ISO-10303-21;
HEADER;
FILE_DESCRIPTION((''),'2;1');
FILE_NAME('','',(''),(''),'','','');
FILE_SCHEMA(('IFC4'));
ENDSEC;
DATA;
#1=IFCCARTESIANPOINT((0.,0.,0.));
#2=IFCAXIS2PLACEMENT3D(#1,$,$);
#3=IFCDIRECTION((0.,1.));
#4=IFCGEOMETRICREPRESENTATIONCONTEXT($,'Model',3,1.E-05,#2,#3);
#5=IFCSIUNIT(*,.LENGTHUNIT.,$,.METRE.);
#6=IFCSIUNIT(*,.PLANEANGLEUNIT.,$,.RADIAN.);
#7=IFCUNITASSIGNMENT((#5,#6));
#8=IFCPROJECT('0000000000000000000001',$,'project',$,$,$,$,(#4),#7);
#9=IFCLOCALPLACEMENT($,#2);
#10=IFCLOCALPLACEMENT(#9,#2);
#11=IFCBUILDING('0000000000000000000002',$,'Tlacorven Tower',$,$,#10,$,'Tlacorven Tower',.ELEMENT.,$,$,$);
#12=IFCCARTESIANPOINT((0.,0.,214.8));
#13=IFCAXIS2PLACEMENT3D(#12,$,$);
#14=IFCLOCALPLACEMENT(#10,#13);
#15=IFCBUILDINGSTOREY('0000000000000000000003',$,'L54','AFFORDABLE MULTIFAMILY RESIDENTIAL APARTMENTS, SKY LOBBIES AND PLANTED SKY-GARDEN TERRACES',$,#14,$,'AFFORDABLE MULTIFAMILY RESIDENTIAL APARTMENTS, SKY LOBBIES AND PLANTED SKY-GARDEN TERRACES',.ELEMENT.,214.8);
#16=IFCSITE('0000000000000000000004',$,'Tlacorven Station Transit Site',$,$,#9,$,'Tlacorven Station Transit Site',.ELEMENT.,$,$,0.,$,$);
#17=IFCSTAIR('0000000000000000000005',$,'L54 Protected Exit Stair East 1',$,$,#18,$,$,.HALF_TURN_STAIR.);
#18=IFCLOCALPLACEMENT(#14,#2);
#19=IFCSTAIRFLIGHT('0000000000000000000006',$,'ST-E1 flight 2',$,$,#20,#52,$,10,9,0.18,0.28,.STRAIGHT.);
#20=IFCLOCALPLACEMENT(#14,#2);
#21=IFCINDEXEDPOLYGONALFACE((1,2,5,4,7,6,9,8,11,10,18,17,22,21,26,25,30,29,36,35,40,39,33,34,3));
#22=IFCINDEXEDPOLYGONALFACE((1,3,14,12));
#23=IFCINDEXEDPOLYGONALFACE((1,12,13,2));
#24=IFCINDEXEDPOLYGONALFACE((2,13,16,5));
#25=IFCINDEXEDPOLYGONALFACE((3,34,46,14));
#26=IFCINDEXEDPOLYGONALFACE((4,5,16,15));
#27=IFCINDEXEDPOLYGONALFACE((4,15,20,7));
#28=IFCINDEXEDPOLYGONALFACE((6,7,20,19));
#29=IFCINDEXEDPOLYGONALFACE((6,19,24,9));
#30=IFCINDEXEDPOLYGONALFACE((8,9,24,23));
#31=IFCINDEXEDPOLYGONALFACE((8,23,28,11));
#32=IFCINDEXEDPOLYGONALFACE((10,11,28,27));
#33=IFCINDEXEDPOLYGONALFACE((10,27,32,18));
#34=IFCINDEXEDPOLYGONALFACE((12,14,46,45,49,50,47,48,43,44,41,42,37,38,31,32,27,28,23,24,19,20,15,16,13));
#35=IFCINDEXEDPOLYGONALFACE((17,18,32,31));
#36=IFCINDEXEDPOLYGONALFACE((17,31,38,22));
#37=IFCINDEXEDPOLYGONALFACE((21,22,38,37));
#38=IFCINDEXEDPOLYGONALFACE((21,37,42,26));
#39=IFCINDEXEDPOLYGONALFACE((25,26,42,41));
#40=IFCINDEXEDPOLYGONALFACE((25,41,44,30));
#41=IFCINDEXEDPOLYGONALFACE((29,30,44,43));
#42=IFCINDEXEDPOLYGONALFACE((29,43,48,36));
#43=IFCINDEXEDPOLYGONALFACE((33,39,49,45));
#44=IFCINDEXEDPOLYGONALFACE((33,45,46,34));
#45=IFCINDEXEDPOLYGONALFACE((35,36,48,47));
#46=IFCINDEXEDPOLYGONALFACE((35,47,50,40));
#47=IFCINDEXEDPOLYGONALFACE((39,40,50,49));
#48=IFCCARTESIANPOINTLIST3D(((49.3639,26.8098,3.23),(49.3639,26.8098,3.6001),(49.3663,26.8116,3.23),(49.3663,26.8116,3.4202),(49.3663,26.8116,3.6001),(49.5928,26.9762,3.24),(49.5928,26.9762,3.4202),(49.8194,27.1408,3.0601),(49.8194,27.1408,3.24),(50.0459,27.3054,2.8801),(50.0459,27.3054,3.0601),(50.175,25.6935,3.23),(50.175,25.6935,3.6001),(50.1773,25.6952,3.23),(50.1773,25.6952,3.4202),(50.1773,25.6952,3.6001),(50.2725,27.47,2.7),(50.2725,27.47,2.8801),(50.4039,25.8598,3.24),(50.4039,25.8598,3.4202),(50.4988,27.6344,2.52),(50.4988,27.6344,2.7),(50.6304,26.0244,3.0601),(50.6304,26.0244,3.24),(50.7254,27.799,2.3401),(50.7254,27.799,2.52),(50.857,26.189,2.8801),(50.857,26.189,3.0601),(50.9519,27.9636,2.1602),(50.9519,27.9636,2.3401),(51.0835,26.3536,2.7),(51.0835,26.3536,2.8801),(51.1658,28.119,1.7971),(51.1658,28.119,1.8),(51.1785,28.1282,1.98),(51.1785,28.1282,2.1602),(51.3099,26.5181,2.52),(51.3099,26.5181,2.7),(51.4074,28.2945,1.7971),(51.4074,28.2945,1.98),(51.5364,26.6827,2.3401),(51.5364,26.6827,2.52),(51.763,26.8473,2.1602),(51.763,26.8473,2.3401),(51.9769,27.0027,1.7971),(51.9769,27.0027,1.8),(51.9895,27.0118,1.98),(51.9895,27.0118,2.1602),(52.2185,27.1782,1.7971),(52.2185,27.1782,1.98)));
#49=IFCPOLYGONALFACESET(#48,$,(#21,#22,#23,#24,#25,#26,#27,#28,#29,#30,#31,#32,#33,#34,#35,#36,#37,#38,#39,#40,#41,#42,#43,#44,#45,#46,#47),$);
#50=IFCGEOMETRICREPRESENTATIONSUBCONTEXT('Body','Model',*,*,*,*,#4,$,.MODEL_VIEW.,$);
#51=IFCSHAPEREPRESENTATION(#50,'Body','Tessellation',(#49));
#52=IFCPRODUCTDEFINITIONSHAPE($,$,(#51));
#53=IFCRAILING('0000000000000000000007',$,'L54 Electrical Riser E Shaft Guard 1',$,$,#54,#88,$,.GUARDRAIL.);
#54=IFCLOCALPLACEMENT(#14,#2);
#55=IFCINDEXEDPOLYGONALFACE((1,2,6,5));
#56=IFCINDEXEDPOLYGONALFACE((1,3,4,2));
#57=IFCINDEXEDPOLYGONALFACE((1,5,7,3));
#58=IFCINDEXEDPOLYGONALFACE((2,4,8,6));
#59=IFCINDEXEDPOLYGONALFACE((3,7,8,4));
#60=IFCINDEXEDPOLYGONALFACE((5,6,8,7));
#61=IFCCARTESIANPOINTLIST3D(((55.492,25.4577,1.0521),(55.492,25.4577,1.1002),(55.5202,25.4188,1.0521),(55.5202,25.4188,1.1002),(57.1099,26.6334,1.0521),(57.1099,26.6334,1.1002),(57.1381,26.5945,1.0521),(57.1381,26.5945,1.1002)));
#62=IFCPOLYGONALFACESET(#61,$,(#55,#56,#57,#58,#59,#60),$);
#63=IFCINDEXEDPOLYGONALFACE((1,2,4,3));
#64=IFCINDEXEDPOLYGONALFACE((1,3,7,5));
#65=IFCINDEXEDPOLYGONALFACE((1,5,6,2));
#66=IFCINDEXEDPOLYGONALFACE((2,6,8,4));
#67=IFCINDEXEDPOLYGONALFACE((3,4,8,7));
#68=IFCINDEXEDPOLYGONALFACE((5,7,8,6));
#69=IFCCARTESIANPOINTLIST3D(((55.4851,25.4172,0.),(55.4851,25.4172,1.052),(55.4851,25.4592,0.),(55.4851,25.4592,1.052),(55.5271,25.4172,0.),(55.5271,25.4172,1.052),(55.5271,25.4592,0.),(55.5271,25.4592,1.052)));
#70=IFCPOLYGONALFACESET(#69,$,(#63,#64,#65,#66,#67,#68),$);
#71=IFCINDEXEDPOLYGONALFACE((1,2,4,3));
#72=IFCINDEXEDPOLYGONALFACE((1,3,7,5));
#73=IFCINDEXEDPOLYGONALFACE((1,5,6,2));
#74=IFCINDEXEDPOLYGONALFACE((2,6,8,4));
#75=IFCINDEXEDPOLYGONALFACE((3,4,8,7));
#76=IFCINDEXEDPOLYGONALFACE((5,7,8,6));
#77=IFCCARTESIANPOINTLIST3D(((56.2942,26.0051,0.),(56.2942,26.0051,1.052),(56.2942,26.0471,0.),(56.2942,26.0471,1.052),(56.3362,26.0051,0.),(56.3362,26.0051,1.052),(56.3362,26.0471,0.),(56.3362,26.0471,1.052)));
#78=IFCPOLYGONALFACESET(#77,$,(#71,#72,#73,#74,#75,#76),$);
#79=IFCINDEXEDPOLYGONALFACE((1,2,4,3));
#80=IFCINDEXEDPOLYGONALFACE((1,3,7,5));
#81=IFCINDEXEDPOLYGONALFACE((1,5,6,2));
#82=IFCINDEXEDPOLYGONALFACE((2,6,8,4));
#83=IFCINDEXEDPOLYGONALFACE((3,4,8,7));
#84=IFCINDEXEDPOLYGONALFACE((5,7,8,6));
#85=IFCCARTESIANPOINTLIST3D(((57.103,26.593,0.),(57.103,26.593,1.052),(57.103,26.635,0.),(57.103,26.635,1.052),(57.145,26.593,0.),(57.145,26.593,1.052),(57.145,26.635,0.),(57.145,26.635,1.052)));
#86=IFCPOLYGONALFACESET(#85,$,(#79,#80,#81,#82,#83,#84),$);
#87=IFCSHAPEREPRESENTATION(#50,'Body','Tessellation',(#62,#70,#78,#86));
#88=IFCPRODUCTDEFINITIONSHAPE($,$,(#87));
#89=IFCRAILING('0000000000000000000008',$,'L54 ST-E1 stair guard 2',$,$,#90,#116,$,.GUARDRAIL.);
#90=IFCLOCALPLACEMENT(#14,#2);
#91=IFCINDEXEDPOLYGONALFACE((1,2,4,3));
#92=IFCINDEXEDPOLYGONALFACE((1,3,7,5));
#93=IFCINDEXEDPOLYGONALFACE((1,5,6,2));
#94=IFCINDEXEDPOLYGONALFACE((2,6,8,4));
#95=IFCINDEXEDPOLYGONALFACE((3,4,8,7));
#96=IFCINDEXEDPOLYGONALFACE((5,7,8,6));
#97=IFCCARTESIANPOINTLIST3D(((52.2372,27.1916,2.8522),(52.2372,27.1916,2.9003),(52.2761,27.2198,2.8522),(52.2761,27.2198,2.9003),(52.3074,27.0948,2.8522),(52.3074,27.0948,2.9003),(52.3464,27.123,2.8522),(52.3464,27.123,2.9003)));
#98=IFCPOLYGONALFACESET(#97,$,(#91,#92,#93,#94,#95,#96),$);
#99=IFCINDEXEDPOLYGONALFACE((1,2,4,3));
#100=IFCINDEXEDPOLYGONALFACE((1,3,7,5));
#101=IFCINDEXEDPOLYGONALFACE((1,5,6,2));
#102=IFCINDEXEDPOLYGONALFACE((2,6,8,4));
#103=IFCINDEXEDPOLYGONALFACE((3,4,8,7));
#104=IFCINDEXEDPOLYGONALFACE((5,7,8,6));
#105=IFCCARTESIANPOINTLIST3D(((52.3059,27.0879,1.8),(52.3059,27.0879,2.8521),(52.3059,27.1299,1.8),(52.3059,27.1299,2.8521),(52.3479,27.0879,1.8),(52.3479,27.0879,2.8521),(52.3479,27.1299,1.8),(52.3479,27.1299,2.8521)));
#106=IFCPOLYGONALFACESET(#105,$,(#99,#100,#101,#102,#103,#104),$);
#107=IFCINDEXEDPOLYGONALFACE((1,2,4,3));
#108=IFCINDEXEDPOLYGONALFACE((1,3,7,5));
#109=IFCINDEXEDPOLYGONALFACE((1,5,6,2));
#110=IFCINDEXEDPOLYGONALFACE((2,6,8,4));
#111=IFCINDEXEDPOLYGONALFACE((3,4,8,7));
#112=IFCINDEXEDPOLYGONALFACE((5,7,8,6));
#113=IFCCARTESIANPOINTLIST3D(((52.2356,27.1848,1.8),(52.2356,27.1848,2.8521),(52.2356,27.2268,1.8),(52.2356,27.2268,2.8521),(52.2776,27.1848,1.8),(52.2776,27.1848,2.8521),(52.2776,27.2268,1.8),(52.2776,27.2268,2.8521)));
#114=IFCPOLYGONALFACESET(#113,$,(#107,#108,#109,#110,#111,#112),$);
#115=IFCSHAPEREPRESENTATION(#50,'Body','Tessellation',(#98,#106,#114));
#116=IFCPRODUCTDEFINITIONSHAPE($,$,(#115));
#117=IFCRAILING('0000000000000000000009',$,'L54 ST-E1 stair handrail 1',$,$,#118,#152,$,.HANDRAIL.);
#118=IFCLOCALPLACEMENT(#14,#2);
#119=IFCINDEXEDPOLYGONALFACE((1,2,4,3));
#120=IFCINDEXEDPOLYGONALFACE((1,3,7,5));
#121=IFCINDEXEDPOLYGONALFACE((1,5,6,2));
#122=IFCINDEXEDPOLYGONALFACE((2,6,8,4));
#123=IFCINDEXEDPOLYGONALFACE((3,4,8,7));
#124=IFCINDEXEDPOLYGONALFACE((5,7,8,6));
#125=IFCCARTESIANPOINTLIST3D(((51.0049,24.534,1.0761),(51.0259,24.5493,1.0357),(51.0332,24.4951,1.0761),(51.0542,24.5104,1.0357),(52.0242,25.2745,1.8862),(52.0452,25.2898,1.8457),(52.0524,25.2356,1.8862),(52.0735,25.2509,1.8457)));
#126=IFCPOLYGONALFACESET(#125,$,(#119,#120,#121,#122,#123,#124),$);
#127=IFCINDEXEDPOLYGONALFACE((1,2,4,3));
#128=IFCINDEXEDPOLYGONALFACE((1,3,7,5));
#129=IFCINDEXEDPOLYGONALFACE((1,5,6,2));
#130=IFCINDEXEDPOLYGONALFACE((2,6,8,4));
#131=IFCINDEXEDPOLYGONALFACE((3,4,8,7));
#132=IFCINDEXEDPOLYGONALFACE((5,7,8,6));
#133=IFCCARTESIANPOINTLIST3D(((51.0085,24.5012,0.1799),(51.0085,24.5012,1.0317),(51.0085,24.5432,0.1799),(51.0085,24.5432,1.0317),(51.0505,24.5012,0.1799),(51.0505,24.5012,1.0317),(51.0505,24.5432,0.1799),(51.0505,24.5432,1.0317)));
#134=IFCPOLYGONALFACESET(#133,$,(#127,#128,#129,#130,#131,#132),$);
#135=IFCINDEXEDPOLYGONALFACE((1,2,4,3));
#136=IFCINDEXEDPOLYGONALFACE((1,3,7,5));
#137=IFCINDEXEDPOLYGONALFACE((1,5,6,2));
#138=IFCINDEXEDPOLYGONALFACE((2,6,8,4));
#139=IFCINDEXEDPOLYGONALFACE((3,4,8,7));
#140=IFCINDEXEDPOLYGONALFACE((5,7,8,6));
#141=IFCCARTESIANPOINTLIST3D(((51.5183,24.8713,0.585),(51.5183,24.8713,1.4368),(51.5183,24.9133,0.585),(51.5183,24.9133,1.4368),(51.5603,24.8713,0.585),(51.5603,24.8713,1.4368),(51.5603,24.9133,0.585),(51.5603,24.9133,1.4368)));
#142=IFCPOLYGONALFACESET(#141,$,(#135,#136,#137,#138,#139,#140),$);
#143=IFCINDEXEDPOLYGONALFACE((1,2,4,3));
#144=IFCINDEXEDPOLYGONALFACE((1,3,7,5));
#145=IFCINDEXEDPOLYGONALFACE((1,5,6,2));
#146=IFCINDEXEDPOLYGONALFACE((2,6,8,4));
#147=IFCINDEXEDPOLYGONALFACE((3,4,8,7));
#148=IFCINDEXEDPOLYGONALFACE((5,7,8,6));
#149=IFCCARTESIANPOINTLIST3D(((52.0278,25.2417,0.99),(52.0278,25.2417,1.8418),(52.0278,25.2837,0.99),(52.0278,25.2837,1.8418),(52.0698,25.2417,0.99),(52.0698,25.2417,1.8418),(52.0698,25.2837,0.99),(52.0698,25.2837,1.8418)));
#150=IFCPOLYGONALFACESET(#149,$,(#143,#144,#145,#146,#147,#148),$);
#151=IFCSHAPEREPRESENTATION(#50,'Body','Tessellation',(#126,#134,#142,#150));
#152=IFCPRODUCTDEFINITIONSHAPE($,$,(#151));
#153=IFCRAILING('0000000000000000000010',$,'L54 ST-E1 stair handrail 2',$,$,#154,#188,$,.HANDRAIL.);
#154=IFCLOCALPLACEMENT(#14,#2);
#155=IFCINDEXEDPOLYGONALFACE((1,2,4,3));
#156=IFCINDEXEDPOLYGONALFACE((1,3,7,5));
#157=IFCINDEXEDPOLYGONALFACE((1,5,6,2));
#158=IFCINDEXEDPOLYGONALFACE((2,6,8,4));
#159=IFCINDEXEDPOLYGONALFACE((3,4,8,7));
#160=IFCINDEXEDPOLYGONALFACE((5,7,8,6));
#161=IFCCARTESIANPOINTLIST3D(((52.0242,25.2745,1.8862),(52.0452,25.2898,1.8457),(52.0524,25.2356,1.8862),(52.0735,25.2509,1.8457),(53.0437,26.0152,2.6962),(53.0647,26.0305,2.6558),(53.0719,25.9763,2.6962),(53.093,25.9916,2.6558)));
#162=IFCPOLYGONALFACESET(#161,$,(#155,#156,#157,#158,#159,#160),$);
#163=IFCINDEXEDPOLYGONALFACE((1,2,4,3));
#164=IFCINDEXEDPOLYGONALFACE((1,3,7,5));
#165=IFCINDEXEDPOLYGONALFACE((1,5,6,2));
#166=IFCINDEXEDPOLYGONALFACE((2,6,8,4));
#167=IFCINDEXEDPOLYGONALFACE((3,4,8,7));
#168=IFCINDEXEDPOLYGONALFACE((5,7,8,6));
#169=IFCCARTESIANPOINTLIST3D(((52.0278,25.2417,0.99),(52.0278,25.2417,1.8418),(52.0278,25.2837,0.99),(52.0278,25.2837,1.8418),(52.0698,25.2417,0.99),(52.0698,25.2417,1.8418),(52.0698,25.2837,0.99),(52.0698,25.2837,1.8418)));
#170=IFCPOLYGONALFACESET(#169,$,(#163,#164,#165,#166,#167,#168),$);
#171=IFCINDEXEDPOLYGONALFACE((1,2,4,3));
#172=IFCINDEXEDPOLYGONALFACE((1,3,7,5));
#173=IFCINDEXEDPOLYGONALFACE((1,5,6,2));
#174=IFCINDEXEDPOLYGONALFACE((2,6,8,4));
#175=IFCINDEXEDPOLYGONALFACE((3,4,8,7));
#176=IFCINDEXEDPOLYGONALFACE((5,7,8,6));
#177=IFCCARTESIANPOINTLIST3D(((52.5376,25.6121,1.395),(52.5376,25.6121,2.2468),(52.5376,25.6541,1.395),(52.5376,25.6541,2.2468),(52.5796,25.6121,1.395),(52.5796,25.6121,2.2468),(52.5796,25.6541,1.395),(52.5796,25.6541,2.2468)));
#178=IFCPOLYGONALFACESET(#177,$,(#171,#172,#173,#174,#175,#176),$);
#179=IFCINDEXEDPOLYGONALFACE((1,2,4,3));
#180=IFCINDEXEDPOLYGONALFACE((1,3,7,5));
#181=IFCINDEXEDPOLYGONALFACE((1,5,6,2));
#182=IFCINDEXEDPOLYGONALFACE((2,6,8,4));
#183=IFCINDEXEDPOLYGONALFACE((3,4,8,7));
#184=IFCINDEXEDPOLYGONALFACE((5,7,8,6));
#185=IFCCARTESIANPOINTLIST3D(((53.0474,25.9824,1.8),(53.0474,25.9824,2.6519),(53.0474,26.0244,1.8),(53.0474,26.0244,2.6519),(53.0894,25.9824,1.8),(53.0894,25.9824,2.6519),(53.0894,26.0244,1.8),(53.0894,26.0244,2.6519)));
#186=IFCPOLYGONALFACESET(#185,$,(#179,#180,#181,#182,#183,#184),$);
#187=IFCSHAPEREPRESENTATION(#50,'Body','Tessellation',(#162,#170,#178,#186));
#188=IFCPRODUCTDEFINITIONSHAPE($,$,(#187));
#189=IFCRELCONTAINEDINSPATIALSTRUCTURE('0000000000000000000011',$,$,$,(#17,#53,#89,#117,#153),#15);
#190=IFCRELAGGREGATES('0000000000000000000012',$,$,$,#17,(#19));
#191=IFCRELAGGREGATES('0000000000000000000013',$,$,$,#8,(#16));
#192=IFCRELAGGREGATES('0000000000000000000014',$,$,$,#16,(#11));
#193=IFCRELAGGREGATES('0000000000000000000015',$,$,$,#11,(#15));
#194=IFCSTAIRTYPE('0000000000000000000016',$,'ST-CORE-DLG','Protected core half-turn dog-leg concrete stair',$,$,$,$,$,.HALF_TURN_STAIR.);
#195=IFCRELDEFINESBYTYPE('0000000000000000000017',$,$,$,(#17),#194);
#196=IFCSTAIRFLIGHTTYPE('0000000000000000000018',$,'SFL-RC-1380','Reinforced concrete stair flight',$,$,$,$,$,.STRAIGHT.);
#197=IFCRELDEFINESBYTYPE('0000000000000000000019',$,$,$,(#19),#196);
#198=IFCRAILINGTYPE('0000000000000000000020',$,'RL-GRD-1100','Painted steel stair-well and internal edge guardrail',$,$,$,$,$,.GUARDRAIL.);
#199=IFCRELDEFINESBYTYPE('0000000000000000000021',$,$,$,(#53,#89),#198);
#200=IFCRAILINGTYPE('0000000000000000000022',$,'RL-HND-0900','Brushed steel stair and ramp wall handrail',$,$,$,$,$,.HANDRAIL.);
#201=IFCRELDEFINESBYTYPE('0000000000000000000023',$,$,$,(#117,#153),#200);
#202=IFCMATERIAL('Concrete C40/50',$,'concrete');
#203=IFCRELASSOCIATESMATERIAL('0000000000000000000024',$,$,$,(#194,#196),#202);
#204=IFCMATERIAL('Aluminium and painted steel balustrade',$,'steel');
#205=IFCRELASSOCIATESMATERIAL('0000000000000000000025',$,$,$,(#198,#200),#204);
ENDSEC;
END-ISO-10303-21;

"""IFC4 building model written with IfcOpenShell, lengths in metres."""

from ifc_helpers import new_model, si_unit, direction, frame, origin, origin_2d, place, context, subcontext, project, spatial, polyline, rectangle, outline, extrude, source, transform, mapped, material, type_object, element, aggregate, save


model = new_model("IFC4")

# Units and contexts
model_context = context("Model", 3, precision=1e-05, world=origin(), true_north=direction((0.0, 1.0)))
body_context = subcontext(model_context, "Body", "Model", "MODEL_VIEW")
ifc_project = project(units=[si_unit("LENGTHUNIT", "METRE"), si_unit("PLANEANGLEUNIT", "RADIAN")], contexts=[model_context])

# Site, building, storey
site_placement = place(None, origin())
site = spatial("IfcSite", under=ifc_project, at=site_placement, Name="Tlacorven Station Transit Site", LongName="Tlacorven Station Transit Site", CompositionType="ELEMENT", RefElevation=0.0)
building_placement = place(site_placement, origin())
building = spatial("IfcBuilding", under=site, at=building_placement, Name="Tlacorven Tower", LongName="Tlacorven Tower", CompositionType="ELEMENT")
storey_placement = place(building_placement, frame((0.0, 0.0, 214.8)))
storey = spatial("IfcBuildingStorey", under=building, at=storey_placement, Name="L54", Description="AFFORDABLE MULTIFAMILY RESIDENTIAL APARTMENTS, SKY LOBBIES AND PLANTED SKY-GARDEN TERRACES", LongName="AFFORDABLE MULTIFAMILY RESIDENTIAL APARTMENTS, SKY LOBBIES AND PLANTED SKY-GARDEN TERRACES", CompositionType="ELEMENT", Elevation=214.8)

# Shared definitions
ifc_material_1 = material(Name="Concrete C40/50", Category="concrete")

# Stair, stair flight
stair_type = type_object("IfcStairType", Name="ST-CORE-DLG", Description="Protected core half-turn dog-leg concrete stair", PredefinedType="HALF_TURN_STAIR", material=ifc_material_1)
stair_placement = place(storey_placement, origin())
stair = element("IfcStair", 1, at=stair_placement, inside=storey, type_object=stair_type, Name="L54 Protected Exit Stair East 1", PredefinedType="HALF_TURN_STAIR")
stair_flight_type = type_object("IfcStairFlightType", Name="SFL-RC-1380", Description="Reinforced concrete stair flight", PredefinedType="STRAIGHT", material=ifc_material_1)
shared_shape_1 = source(origin(), body_context, "Body", "SweptSolid", [
    extrude(outline(polyline([(-0.0029, -0.0029), (-0.0029, 0.1799), (0.28, 0.1799), (0.28, 0.3601), (0.5601, 0.3601), (0.5601, 0.54), (0.8401, 0.54), (0.8401, 0.72), (1.1201, 0.72), (1.1201, 0.8999), (1.3999, 0.8999), (1.3999, 1.0801), (1.6799, 1.0801), (1.6799, 1.26), (1.96, 1.26), (1.96, 1.4399), (2.24, 1.4399), (2.24, 1.6201), (2.52, 1.6201), (2.52, 1.8), (2.5229, 1.8), (2.5229, 1.4299), (2.52, 1.4299), (0.2957, 0.0), (0.2957, -0.0029), (-0.0029, -0.0029)])), frame((0.0, 0.6899, 0.0), z_axis=(0.0, -1.0, 0.0), x_axis=(1.0, 0.0, 0.0)), (0.0, 0.0, 1.0), 1.3799),
])
stair_flight_placement = place(storey_placement, frame((51.8105, 27.7346, 1.8), z_axis=(0.0, 0.0, 1.0), x_axis=(-0.809017, -0.587785, 0.0)))
stair_flight = element("IfcStairFlight", 2, at=stair_flight_placement, type_object=stair_flight_type, Name="ST-E1 flight 2", NumberOfRisers=10, NumberOfTreads=9, PredefinedType="STRAIGHT", RiserHeight=0.18, TreadLength=0.28, context=body_context, shape_type="MappedRepresentation", body=[
    mapped(shared_shape_1, transform((0.0, 0.0, 0.0), scale=1.0)),
])
aggregate(stair, [stair_flight])

# Railings
ifc_material_2 = material(Name="Aluminium and painted steel balustrade", Category="steel")
railing_type_1 = type_object("IfcRailingType", Name="RL-GRD-1100", Description="Painted steel stair-well and internal edge guardrail", PredefinedType="GUARDRAIL", material=ifc_material_2)
shared_shape_2 = source(origin(), body_context, "Body", "SweptSolid", [
    extrude(rectangle(XDim=0.0481, YDim=0.0481, at=origin_2d()), frame((0.0, 0.0, 1.0762), z_axis=(0.808947, 0.587881, 0.0), x_axis=(-0.587881, 0.808947, 0.0)), (0.0, 0.0, 1.0), 2.0),
    extrude(rectangle(XDim=0.042, YDim=0.042, at=origin_2d()), origin(), (0.0, 0.0, 1.0), 1.052),
    extrude(rectangle(XDim=0.042, YDim=0.042, at=origin_2d()), frame((0.8091, 0.5879, 0.0)), (0.0, 0.0, 1.0), 1.052),
    extrude(rectangle(XDim=0.042, YDim=0.042, at=origin_2d()), frame((1.6179, 1.1758, 0.0)), (0.0, 0.0, 1.0), 1.052),
])
railing_1_placement = place(storey_placement, frame((55.5061, 25.4382, 0.0)))
element("IfcRailing", 3, at=railing_1_placement, inside=storey, type_object=railing_type_1, Name="L54 Electrical Riser E Shaft Guard 1", PredefinedType="GUARDRAIL", context=body_context, shape_type="MappedRepresentation", body=[
    mapped(shared_shape_2, transform((0.0, 0.0, 0.0), scale=1.0)),
])
shared_shape_3 = source(origin(), body_context, "Body", "SweptSolid", [
    extrude(rectangle(XDim=0.0481, YDim=0.0481, at=origin_2d()), frame((0.0, 0.0, 1.0762), z_axis=(-0.587201, 0.809441, 0.0), x_axis=(-0.809441, -0.587201, 0.0)), (0.0, 0.0, 1.0), 0.1196),
    extrude(rectangle(XDim=0.042, YDim=0.042, at=origin_2d()), origin(), (0.0, 0.0, 1.0), 1.052),
    extrude(rectangle(XDim=0.042, YDim=0.042, at=origin_2d()), frame((-0.0703, 0.0969, 0.0)), (0.0, 0.0, 1.0), 1.052),
])
railing_2_placement = place(storey_placement, frame((52.3269, 27.1089, 1.8)))
element("IfcRailing", 4, at=railing_2_placement, inside=storey, type_object=railing_type_1, Name="L54 ST-E1 stair guard 2", PredefinedType="GUARDRAIL", context=body_context, shape_type="MappedRepresentation", body=[
    mapped(shared_shape_3, transform((0.0, 0.0, 0.0), scale=1.0)),
])
railing_type_2 = type_object("IfcRailingType", Name="RL-HND-0900", Description="Brushed steel stair and ramp wall handrail", PredefinedType="HANDRAIL", material=ifc_material_2)
shared_shape_4 = source(origin(), body_context, "Body", "SweptSolid", [
    extrude(rectangle(XDim=0.0481, YDim=0.0481, at=origin_2d()), frame((0.0, 0.0, 0.876), z_axis=(0.680516, 0.494373, 0.540827), x_axis=(-0.587745, 0.809046, 0.0)), (0.0, 0.0, 1.0), 1.4978),
    extrude(rectangle(XDim=0.042, YDim=0.042, at=origin_2d()), origin(), (0.0, 0.0, 1.0), 0.8518),
    extrude(rectangle(XDim=0.042, YDim=0.042, at=origin_2d()), frame((0.5098, 0.3701, 0.405)), (0.0, 0.0, 1.0), 0.8518),
    extrude(rectangle(XDim=0.042, YDim=0.042, at=origin_2d()), frame((1.0193, 0.7405, 0.8101)), (0.0, 0.0, 1.0), 0.8518),
])
railing_3_placement = place(storey_placement, frame((51.0295, 24.5222, 0.1799)))
element("IfcRailing", 5, at=railing_3_placement, inside=storey, type_object=railing_type_2, Name="L54 ST-E1 stair handrail 1", PredefinedType="HANDRAIL", context=body_context, shape_type="MappedRepresentation", body=[
    mapped(shared_shape_4, transform((0.0, 0.0, 0.0), scale=1.0)),
])
shared_shape_5 = source(origin(), body_context, "Body", "SweptSolid", [
    extrude(rectangle(XDim=0.0481, YDim=0.0481, at=origin_2d()), frame((0.0, 0.0, 0.876), z_axis=(0.680549, 0.494441, 0.540723), x_axis=(-0.58778, 0.809021, 0.0)), (0.0, 0.0, 1.0), 1.498),
    extrude(rectangle(XDim=0.042, YDim=0.042, at=origin_2d()), origin(), (0.0, 0.0, 1.0), 0.8518),
    extrude(rectangle(XDim=0.042, YDim=0.042, at=origin_2d()), frame((0.5098, 0.3704, 0.405)), (0.0, 0.0, 1.0), 0.8518),
    extrude(rectangle(XDim=0.042, YDim=0.042, at=origin_2d()), frame((1.0195, 0.7407, 0.8101)), (0.0, 0.0, 1.0), 0.8518),
])
railing_4_placement = place(storey_placement, frame((52.0488, 25.2627, 0.99)))
element("IfcRailing", 6, at=railing_4_placement, inside=storey, type_object=railing_type_2, Name="L54 ST-E1 stair handrail 2", PredefinedType="HANDRAIL", context=body_context, shape_type="MappedRepresentation", body=[
    mapped(shared_shape_5, transform((0.0, 0.0, 0.0), scale=1.0)),
])

save(model, "model.ifc")
